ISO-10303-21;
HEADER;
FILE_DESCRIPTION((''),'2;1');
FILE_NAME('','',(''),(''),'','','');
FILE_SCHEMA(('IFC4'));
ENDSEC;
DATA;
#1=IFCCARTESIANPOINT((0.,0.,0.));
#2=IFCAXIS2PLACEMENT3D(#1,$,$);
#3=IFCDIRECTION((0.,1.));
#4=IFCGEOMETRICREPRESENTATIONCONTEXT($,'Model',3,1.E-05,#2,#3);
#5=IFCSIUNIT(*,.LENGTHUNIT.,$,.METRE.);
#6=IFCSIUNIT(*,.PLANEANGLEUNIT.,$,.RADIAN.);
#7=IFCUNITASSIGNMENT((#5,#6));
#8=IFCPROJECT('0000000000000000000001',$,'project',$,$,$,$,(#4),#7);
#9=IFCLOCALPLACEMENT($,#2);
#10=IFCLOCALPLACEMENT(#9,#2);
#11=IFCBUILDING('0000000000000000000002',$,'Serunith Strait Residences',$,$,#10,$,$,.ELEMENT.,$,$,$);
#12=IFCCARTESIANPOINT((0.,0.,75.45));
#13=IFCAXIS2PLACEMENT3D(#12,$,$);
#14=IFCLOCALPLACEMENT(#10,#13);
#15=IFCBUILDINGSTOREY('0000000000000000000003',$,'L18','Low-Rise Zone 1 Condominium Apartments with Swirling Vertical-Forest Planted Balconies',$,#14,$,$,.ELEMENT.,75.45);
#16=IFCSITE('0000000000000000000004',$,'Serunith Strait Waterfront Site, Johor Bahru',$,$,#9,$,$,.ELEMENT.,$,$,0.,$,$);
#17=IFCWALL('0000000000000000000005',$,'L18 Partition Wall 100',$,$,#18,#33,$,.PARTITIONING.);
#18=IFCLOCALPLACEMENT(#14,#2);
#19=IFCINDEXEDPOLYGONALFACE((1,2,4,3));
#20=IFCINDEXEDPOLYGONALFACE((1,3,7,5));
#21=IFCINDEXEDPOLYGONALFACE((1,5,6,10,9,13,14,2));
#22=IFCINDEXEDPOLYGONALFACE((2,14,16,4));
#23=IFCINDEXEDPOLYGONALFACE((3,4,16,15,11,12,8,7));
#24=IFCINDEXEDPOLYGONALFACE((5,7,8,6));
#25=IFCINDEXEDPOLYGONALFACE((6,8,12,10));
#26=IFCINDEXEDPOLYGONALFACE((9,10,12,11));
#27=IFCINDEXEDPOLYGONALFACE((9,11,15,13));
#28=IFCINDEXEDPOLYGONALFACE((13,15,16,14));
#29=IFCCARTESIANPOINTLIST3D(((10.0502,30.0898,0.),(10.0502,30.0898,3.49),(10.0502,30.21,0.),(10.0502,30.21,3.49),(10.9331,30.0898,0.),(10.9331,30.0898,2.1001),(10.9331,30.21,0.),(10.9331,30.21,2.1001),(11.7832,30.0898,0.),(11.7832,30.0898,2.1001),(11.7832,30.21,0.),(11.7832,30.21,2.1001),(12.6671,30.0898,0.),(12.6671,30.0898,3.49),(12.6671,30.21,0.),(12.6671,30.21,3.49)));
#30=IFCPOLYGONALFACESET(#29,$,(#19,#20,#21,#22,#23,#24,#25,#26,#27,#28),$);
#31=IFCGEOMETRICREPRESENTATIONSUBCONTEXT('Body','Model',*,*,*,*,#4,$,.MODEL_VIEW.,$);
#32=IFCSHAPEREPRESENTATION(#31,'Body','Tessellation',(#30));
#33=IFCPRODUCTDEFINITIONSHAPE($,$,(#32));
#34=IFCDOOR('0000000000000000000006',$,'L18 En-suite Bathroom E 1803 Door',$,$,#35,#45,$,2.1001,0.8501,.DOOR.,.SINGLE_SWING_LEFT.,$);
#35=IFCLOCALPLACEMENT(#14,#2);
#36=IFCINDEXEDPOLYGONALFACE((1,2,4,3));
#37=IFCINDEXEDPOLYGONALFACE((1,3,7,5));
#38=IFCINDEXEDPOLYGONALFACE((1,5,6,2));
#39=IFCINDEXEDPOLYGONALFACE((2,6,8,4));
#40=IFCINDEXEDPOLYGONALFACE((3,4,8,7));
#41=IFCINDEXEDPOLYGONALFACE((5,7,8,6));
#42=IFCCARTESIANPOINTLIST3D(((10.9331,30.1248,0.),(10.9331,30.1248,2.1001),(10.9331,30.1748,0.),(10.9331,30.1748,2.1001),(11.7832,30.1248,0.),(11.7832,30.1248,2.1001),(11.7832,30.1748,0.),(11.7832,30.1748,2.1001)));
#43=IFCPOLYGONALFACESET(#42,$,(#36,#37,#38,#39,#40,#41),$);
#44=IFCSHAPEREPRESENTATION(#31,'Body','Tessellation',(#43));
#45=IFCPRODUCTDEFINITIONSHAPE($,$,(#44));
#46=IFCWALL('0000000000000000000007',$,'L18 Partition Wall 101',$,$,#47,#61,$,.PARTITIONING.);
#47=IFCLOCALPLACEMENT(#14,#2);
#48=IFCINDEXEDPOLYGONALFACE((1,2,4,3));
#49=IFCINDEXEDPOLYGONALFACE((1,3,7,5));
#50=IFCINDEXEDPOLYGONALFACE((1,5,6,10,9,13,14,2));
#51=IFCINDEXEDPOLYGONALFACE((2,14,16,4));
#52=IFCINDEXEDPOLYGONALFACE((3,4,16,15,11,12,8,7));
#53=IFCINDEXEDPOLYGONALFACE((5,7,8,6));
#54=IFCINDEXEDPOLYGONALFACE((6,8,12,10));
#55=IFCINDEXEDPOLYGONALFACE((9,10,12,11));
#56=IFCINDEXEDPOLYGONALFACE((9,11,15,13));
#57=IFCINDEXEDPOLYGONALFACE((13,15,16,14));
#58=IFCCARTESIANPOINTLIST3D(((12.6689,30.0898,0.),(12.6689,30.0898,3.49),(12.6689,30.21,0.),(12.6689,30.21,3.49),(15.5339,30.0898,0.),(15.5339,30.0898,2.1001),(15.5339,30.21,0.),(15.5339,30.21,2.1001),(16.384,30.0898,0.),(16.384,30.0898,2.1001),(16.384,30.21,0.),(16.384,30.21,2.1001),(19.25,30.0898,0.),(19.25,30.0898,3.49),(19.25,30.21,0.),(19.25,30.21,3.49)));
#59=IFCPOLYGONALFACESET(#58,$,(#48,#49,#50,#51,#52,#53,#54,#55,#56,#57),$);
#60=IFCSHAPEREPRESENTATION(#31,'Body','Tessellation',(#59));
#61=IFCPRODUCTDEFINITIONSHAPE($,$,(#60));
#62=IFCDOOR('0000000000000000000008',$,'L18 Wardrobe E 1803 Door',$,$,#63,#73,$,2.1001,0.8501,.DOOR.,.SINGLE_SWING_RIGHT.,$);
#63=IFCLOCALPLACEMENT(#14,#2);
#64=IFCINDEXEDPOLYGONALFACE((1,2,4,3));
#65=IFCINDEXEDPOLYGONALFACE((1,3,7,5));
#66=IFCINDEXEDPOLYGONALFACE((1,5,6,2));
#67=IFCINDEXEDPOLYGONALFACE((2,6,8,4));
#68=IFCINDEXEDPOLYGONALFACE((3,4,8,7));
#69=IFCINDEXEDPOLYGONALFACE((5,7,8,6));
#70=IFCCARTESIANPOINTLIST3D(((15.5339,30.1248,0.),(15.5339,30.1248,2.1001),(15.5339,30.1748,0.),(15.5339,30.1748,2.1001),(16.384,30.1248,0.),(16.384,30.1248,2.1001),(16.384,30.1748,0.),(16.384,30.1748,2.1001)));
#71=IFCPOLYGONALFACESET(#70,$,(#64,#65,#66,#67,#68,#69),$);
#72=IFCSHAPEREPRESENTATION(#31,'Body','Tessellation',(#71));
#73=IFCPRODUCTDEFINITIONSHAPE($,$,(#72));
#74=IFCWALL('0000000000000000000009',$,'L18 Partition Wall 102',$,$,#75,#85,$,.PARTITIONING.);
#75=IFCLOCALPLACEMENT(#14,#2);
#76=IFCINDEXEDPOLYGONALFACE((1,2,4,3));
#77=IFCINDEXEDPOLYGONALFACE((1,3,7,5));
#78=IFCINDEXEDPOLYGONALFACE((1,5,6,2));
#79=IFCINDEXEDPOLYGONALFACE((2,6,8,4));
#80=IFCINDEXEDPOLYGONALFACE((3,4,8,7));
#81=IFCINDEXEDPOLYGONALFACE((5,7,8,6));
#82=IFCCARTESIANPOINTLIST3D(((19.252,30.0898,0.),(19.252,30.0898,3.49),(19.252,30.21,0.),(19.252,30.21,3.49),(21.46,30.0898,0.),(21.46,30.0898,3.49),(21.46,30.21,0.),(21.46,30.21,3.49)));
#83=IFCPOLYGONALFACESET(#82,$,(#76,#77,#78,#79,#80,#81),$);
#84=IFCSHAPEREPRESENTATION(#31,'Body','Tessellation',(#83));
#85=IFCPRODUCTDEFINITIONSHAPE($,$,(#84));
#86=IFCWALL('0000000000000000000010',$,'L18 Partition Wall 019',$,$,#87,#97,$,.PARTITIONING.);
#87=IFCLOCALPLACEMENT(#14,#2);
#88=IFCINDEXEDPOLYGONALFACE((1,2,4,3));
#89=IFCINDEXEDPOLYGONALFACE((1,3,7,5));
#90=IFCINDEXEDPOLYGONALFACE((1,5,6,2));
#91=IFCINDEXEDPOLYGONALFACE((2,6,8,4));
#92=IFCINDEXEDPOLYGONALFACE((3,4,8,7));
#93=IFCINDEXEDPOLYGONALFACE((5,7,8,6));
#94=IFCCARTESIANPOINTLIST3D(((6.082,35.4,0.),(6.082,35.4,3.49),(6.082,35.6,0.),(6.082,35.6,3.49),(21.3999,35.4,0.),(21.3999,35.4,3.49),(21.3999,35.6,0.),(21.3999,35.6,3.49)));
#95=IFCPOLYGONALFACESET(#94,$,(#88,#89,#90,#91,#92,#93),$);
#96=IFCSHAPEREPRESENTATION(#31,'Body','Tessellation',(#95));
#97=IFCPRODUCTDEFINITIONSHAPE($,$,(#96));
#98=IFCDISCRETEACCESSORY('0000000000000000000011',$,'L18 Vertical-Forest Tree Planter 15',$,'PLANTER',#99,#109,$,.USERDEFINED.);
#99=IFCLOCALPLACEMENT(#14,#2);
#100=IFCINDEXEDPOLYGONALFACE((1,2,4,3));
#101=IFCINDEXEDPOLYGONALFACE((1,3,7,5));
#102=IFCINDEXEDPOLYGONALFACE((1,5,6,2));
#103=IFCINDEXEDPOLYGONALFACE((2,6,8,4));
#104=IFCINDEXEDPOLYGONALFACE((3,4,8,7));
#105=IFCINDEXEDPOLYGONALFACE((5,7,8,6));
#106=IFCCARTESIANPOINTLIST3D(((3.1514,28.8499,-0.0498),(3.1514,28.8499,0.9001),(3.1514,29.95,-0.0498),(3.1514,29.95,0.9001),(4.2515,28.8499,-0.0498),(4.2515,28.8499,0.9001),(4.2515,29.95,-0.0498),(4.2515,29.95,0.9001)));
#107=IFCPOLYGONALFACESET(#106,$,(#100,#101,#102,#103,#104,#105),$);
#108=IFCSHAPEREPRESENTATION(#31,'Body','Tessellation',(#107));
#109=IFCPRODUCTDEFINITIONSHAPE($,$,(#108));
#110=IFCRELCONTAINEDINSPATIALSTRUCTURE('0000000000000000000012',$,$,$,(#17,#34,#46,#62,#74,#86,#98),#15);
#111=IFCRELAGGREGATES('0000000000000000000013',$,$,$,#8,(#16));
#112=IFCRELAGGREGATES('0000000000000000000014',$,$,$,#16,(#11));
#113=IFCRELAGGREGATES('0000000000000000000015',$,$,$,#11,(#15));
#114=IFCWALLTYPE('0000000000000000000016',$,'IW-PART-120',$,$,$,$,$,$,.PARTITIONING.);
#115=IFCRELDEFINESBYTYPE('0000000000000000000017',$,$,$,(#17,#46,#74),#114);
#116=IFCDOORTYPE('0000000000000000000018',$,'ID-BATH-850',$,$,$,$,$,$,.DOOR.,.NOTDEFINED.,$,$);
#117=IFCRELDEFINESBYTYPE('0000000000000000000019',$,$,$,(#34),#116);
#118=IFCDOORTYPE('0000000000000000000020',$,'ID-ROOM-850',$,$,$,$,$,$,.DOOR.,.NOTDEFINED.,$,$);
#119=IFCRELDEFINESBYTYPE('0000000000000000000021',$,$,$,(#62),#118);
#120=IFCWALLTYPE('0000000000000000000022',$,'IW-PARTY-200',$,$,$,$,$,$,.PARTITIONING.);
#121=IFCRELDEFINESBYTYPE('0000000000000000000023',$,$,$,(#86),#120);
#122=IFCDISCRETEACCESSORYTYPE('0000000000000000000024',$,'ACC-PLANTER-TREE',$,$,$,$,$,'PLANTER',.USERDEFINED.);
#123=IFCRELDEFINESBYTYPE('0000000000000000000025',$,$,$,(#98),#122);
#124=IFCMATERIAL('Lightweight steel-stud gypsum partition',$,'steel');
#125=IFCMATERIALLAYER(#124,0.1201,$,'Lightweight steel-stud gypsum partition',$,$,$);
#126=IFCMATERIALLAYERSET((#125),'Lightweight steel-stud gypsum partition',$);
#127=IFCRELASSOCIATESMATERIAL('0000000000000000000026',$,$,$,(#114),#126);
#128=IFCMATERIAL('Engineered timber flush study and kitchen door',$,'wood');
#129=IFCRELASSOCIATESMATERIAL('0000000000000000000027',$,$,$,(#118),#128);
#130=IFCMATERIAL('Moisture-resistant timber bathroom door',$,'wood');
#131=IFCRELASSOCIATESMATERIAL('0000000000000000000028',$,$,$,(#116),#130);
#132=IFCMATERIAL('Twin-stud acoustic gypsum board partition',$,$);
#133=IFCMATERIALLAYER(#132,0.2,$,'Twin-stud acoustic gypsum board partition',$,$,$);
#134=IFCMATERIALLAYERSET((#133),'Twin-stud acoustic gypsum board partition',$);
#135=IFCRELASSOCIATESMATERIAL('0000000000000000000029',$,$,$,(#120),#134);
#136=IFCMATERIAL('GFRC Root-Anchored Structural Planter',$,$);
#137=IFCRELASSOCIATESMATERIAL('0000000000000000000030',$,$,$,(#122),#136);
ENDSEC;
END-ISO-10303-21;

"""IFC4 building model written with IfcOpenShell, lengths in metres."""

from ifc_helpers import new_model, si_unit, direction, frame, frame_2d, origin, origin_2d, place, context, subcontext, project, spatial, rectangle, extrude, source, transform, mapped, material, layer, layer_set, type_object, element, fill, save


model = new_model("IFC4")

# Units and contexts
model_context = context("Model", 3, precision=1e-05, world=origin(), true_north=direction((0.0, 1.0)))
body_context = subcontext(model_context, "Body", "Model", "MODEL_VIEW")
ifc_project = project(units=[si_unit("LENGTHUNIT", "METRE"), si_unit("PLANEANGLEUNIT", "RADIAN")], contexts=[model_context])

# Site, building, storey
site_placement = place(None, origin())
site = spatial("IfcSite", under=ifc_project, at=site_placement, Name="Serunith Strait Waterfront Site, Johor Bahru", CompositionType="ELEMENT", RefElevation=0.0)
building_placement = place(site_placement, origin())
building = spatial("IfcBuilding", under=site, at=building_placement, Name="Serunith Strait Residences", CompositionType="ELEMENT")
storey_placement = place(building_placement, frame((0.0, 0.0, 75.45)))
storey = spatial("IfcBuildingStorey", under=building, at=storey_placement, Name="L18", Description="Low-Rise Zone 1 Condominium Apartments with Swirling Vertical-Forest Planted Balconies", CompositionType="ELEMENT", Elevation=75.45)

# Shared definitions
ifc_material_1 = material(Name="Lightweight steel-stud gypsum partition", Category="steel")
ifc_layer_1 = layer(ifc_material_1, 0.1201, Name="Lightweight steel-stud gypsum partition")
ifc_layer_set_1 = layer_set([ifc_layer_1], Name="Lightweight steel-stud gypsum partition")
wall_type_1 = type_object("IfcWallType", Name="IW-PART-120", PredefinedType="PARTITIONING", material=ifc_layer_set_1)

# Shared definitions
ifc_material_2 = material(Name="Engineered timber flush study and kitchen door", Category="wood")
door_type_1 = type_object("IfcDoorType", Name="ID-ROOM-850", OperationType="NOTDEFINED", PredefinedType="DOOR", material=ifc_material_2)
shared_shape_1 = source(origin(), body_context, "Body", "SweptSolid", [
    extrude(rectangle(XDim=0.8501, YDim=2.1001, at=frame_2d((0.425, 1.05))), frame((0.0, 0.0249, 0.0), z_axis=(0.0, -1.0, 0.0), x_axis=(1.0, 0.0, 0.0)), (0.0, 0.0, 1.0), 0.05),
])

# Walls, openings, doors
wall_1_placement = place(storey_placement, frame((10.05, 30.1499, 0.0), z_axis=(0.0, 0.0, 1.0), x_axis=(1.0, 0.0, 0.0)))
wall_1 = element("IfcWall", 1, at=wall_1_placement, inside=storey, type_object=wall_type_1, Name="L18 Partition Wall 100", PredefinedType="PARTITIONING", context=body_context, shape_type="SweptSolid", body=[
    extrude(rectangle(XDim=2.6169, YDim=0.1201, at=frame_2d((1.3086, 0.0))), origin(), (0.0, 0.0, 1.0), 3.49),
])
opening_1_placement = place(wall_1_placement, frame((0.8831, 0.0, 0.0)))
opening_1 = element("IfcOpeningElement", 2, at=opening_1_placement, cuts=wall_1, PredefinedType="OPENING", context=body_context, shape_type="SweptSolid", body=[
    extrude(rectangle(XDim=0.8501, YDim=2.1001, at=frame_2d((0.425, 1.05))), frame((0.0, 0.0701, 0.0), z_axis=(0.0, -1.0, 0.0), x_axis=(1.0, 0.0, 0.0)), (0.0, 0.0, 1.0), 0.1401),
])
ifc_material_3 = material(Name="Moisture-resistant timber bathroom door", Category="wood")
door_type_2 = type_object("IfcDoorType", Name="ID-BATH-850", OperationType="NOTDEFINED", PredefinedType="DOOR", material=ifc_material_3)
door_1_placement = place(opening_1_placement, origin())
door_1 = element("IfcDoor", 3, at=door_1_placement, inside=storey, type_object=door_type_2, Name="L18 En-suite Bathroom E 1803 Door", OperationType="SINGLE_SWING_LEFT", OverallHeight=2.1001, OverallWidth=0.8501, PredefinedType="DOOR", context=body_context, shape_type="MappedRepresentation", body=[
    mapped(shared_shape_1, transform((0.0, 0.0, 0.0), scale=1.0)),
])
fill(opening_1, door_1)
wall_2_placement = place(storey_placement, frame((12.6689, 30.1499, 0.0), z_axis=(0.0, 0.0, 1.0), x_axis=(1.0, 0.0, 0.0)))
wall_2 = element("IfcWall", 4, at=wall_2_placement, inside=storey, type_object=wall_type_1, Name="L18 Partition Wall 101", PredefinedType="PARTITIONING", context=body_context, shape_type="SweptSolid", body=[
    extrude(rectangle(XDim=6.5811, YDim=0.1201, at=frame_2d((3.2905, 0.0))), origin(), (0.0, 0.0, 1.0), 3.49),
])
opening_2_placement = place(wall_2_placement, frame((2.865, 0.0, 0.0)))
opening_2 = element("IfcOpeningElement", 5, at=opening_2_placement, cuts=wall_2, PredefinedType="OPENING", context=body_context, shape_type="SweptSolid", body=[
    extrude(rectangle(XDim=0.8501, YDim=2.1001, at=frame_2d((0.425, 1.05))), frame((0.0, 0.0701, 0.0), z_axis=(0.0, -1.0, 0.0), x_axis=(1.0, 0.0, 0.0)), (0.0, 0.0, 1.0), 0.1401),
])
door_2_placement = place(opening_2_placement, origin())
door_2 = element("IfcDoor", 6, at=door_2_placement, inside=storey, type_object=door_type_1, Name="L18 Wardrobe E 1803 Door", OperationType="SINGLE_SWING_RIGHT", OverallHeight=2.1001, OverallWidth=0.8501, PredefinedType="DOOR", context=body_context, shape_type="MappedRepresentation", body=[
    mapped(shared_shape_1, transform((0.0, 0.0, 0.0), scale=1.0)),
])
fill(opening_2, door_2)

# Walls
wall_3_placement = place(storey_placement, frame((19.252, 30.1499, 0.0), z_axis=(0.0, 0.0, 1.0), x_axis=(1.0, 0.0, 0.0)))
element("IfcWall", 7, at=wall_3_placement, inside=storey, type_object=wall_type_1, Name="L18 Partition Wall 102", PredefinedType="PARTITIONING", context=body_context, shape_type="SweptSolid", body=[
    extrude(rectangle(XDim=2.208, YDim=0.1201, at=frame_2d((1.104, 0.0))), origin(), (0.0, 0.0, 1.0), 3.49),
])
ifc_material_4 = material(Name="Twin-stud acoustic gypsum board partition")
ifc_layer_2 = layer(ifc_material_4, 0.2, Name="Twin-stud acoustic gypsum board partition")
ifc_layer_set_2 = layer_set([ifc_layer_2], Name="Twin-stud acoustic gypsum board partition")
wall_type_2 = type_object("IfcWallType", Name="IW-PARTY-200", PredefinedType="PARTITIONING", material=ifc_layer_set_2)
wall_4_placement = place(storey_placement, frame((6.082, 35.5, 0.0), z_axis=(0.0, 0.0, 1.0), x_axis=(1.0, 0.0, 0.0)))
element("IfcWall", 8, at=wall_4_placement, inside=storey, type_object=wall_type_2, Name="L18 Partition Wall 019", PredefinedType="PARTITIONING", context=body_context, shape_type="SweptSolid", body=[
    extrude(rectangle(XDim=15.3179, YDim=0.2, at=frame_2d((7.6589, 0.0))), origin(), (0.0, 0.0, 1.0), 3.49),
])

# Discrete accessory
ifc_material_5 = material(Name="GFRC Root-Anchored Structural Planter")
discrete_accessory_type = type_object("IfcDiscreteAccessoryType", Name="ACC-PLANTER-TREE", ElementType="PLANTER", PredefinedType="USERDEFINED", material=ifc_material_5)
shared_shape_2 = source(origin(), body_context, "Body", "SweptSolid", [
    extrude(rectangle(XDim=1.1001, YDim=1.1001, at=origin_2d()), origin(), (0.0, 0.0, 1.0), 0.95),
])
discrete_accessory_placement = place(storey_placement, frame((3.7014, 29.3999, -0.0498), z_axis=(0.0, 0.0, 1.0), x_axis=(0.0, -1.0, 0.0)))
element("IfcDiscreteAccessory", 9, at=discrete_accessory_placement, inside=storey, type_object=discrete_accessory_type, Name="L18 Vertical-Forest Tree Planter 15", ObjectType="PLANTER", PredefinedType="USERDEFINED", context=body_context, shape_type="MappedRepresentation", body=[
    mapped(shared_shape_2, transform((0.0, 0.0, 0.0), scale=1.0)),
])

save(model, "model.ifc")
